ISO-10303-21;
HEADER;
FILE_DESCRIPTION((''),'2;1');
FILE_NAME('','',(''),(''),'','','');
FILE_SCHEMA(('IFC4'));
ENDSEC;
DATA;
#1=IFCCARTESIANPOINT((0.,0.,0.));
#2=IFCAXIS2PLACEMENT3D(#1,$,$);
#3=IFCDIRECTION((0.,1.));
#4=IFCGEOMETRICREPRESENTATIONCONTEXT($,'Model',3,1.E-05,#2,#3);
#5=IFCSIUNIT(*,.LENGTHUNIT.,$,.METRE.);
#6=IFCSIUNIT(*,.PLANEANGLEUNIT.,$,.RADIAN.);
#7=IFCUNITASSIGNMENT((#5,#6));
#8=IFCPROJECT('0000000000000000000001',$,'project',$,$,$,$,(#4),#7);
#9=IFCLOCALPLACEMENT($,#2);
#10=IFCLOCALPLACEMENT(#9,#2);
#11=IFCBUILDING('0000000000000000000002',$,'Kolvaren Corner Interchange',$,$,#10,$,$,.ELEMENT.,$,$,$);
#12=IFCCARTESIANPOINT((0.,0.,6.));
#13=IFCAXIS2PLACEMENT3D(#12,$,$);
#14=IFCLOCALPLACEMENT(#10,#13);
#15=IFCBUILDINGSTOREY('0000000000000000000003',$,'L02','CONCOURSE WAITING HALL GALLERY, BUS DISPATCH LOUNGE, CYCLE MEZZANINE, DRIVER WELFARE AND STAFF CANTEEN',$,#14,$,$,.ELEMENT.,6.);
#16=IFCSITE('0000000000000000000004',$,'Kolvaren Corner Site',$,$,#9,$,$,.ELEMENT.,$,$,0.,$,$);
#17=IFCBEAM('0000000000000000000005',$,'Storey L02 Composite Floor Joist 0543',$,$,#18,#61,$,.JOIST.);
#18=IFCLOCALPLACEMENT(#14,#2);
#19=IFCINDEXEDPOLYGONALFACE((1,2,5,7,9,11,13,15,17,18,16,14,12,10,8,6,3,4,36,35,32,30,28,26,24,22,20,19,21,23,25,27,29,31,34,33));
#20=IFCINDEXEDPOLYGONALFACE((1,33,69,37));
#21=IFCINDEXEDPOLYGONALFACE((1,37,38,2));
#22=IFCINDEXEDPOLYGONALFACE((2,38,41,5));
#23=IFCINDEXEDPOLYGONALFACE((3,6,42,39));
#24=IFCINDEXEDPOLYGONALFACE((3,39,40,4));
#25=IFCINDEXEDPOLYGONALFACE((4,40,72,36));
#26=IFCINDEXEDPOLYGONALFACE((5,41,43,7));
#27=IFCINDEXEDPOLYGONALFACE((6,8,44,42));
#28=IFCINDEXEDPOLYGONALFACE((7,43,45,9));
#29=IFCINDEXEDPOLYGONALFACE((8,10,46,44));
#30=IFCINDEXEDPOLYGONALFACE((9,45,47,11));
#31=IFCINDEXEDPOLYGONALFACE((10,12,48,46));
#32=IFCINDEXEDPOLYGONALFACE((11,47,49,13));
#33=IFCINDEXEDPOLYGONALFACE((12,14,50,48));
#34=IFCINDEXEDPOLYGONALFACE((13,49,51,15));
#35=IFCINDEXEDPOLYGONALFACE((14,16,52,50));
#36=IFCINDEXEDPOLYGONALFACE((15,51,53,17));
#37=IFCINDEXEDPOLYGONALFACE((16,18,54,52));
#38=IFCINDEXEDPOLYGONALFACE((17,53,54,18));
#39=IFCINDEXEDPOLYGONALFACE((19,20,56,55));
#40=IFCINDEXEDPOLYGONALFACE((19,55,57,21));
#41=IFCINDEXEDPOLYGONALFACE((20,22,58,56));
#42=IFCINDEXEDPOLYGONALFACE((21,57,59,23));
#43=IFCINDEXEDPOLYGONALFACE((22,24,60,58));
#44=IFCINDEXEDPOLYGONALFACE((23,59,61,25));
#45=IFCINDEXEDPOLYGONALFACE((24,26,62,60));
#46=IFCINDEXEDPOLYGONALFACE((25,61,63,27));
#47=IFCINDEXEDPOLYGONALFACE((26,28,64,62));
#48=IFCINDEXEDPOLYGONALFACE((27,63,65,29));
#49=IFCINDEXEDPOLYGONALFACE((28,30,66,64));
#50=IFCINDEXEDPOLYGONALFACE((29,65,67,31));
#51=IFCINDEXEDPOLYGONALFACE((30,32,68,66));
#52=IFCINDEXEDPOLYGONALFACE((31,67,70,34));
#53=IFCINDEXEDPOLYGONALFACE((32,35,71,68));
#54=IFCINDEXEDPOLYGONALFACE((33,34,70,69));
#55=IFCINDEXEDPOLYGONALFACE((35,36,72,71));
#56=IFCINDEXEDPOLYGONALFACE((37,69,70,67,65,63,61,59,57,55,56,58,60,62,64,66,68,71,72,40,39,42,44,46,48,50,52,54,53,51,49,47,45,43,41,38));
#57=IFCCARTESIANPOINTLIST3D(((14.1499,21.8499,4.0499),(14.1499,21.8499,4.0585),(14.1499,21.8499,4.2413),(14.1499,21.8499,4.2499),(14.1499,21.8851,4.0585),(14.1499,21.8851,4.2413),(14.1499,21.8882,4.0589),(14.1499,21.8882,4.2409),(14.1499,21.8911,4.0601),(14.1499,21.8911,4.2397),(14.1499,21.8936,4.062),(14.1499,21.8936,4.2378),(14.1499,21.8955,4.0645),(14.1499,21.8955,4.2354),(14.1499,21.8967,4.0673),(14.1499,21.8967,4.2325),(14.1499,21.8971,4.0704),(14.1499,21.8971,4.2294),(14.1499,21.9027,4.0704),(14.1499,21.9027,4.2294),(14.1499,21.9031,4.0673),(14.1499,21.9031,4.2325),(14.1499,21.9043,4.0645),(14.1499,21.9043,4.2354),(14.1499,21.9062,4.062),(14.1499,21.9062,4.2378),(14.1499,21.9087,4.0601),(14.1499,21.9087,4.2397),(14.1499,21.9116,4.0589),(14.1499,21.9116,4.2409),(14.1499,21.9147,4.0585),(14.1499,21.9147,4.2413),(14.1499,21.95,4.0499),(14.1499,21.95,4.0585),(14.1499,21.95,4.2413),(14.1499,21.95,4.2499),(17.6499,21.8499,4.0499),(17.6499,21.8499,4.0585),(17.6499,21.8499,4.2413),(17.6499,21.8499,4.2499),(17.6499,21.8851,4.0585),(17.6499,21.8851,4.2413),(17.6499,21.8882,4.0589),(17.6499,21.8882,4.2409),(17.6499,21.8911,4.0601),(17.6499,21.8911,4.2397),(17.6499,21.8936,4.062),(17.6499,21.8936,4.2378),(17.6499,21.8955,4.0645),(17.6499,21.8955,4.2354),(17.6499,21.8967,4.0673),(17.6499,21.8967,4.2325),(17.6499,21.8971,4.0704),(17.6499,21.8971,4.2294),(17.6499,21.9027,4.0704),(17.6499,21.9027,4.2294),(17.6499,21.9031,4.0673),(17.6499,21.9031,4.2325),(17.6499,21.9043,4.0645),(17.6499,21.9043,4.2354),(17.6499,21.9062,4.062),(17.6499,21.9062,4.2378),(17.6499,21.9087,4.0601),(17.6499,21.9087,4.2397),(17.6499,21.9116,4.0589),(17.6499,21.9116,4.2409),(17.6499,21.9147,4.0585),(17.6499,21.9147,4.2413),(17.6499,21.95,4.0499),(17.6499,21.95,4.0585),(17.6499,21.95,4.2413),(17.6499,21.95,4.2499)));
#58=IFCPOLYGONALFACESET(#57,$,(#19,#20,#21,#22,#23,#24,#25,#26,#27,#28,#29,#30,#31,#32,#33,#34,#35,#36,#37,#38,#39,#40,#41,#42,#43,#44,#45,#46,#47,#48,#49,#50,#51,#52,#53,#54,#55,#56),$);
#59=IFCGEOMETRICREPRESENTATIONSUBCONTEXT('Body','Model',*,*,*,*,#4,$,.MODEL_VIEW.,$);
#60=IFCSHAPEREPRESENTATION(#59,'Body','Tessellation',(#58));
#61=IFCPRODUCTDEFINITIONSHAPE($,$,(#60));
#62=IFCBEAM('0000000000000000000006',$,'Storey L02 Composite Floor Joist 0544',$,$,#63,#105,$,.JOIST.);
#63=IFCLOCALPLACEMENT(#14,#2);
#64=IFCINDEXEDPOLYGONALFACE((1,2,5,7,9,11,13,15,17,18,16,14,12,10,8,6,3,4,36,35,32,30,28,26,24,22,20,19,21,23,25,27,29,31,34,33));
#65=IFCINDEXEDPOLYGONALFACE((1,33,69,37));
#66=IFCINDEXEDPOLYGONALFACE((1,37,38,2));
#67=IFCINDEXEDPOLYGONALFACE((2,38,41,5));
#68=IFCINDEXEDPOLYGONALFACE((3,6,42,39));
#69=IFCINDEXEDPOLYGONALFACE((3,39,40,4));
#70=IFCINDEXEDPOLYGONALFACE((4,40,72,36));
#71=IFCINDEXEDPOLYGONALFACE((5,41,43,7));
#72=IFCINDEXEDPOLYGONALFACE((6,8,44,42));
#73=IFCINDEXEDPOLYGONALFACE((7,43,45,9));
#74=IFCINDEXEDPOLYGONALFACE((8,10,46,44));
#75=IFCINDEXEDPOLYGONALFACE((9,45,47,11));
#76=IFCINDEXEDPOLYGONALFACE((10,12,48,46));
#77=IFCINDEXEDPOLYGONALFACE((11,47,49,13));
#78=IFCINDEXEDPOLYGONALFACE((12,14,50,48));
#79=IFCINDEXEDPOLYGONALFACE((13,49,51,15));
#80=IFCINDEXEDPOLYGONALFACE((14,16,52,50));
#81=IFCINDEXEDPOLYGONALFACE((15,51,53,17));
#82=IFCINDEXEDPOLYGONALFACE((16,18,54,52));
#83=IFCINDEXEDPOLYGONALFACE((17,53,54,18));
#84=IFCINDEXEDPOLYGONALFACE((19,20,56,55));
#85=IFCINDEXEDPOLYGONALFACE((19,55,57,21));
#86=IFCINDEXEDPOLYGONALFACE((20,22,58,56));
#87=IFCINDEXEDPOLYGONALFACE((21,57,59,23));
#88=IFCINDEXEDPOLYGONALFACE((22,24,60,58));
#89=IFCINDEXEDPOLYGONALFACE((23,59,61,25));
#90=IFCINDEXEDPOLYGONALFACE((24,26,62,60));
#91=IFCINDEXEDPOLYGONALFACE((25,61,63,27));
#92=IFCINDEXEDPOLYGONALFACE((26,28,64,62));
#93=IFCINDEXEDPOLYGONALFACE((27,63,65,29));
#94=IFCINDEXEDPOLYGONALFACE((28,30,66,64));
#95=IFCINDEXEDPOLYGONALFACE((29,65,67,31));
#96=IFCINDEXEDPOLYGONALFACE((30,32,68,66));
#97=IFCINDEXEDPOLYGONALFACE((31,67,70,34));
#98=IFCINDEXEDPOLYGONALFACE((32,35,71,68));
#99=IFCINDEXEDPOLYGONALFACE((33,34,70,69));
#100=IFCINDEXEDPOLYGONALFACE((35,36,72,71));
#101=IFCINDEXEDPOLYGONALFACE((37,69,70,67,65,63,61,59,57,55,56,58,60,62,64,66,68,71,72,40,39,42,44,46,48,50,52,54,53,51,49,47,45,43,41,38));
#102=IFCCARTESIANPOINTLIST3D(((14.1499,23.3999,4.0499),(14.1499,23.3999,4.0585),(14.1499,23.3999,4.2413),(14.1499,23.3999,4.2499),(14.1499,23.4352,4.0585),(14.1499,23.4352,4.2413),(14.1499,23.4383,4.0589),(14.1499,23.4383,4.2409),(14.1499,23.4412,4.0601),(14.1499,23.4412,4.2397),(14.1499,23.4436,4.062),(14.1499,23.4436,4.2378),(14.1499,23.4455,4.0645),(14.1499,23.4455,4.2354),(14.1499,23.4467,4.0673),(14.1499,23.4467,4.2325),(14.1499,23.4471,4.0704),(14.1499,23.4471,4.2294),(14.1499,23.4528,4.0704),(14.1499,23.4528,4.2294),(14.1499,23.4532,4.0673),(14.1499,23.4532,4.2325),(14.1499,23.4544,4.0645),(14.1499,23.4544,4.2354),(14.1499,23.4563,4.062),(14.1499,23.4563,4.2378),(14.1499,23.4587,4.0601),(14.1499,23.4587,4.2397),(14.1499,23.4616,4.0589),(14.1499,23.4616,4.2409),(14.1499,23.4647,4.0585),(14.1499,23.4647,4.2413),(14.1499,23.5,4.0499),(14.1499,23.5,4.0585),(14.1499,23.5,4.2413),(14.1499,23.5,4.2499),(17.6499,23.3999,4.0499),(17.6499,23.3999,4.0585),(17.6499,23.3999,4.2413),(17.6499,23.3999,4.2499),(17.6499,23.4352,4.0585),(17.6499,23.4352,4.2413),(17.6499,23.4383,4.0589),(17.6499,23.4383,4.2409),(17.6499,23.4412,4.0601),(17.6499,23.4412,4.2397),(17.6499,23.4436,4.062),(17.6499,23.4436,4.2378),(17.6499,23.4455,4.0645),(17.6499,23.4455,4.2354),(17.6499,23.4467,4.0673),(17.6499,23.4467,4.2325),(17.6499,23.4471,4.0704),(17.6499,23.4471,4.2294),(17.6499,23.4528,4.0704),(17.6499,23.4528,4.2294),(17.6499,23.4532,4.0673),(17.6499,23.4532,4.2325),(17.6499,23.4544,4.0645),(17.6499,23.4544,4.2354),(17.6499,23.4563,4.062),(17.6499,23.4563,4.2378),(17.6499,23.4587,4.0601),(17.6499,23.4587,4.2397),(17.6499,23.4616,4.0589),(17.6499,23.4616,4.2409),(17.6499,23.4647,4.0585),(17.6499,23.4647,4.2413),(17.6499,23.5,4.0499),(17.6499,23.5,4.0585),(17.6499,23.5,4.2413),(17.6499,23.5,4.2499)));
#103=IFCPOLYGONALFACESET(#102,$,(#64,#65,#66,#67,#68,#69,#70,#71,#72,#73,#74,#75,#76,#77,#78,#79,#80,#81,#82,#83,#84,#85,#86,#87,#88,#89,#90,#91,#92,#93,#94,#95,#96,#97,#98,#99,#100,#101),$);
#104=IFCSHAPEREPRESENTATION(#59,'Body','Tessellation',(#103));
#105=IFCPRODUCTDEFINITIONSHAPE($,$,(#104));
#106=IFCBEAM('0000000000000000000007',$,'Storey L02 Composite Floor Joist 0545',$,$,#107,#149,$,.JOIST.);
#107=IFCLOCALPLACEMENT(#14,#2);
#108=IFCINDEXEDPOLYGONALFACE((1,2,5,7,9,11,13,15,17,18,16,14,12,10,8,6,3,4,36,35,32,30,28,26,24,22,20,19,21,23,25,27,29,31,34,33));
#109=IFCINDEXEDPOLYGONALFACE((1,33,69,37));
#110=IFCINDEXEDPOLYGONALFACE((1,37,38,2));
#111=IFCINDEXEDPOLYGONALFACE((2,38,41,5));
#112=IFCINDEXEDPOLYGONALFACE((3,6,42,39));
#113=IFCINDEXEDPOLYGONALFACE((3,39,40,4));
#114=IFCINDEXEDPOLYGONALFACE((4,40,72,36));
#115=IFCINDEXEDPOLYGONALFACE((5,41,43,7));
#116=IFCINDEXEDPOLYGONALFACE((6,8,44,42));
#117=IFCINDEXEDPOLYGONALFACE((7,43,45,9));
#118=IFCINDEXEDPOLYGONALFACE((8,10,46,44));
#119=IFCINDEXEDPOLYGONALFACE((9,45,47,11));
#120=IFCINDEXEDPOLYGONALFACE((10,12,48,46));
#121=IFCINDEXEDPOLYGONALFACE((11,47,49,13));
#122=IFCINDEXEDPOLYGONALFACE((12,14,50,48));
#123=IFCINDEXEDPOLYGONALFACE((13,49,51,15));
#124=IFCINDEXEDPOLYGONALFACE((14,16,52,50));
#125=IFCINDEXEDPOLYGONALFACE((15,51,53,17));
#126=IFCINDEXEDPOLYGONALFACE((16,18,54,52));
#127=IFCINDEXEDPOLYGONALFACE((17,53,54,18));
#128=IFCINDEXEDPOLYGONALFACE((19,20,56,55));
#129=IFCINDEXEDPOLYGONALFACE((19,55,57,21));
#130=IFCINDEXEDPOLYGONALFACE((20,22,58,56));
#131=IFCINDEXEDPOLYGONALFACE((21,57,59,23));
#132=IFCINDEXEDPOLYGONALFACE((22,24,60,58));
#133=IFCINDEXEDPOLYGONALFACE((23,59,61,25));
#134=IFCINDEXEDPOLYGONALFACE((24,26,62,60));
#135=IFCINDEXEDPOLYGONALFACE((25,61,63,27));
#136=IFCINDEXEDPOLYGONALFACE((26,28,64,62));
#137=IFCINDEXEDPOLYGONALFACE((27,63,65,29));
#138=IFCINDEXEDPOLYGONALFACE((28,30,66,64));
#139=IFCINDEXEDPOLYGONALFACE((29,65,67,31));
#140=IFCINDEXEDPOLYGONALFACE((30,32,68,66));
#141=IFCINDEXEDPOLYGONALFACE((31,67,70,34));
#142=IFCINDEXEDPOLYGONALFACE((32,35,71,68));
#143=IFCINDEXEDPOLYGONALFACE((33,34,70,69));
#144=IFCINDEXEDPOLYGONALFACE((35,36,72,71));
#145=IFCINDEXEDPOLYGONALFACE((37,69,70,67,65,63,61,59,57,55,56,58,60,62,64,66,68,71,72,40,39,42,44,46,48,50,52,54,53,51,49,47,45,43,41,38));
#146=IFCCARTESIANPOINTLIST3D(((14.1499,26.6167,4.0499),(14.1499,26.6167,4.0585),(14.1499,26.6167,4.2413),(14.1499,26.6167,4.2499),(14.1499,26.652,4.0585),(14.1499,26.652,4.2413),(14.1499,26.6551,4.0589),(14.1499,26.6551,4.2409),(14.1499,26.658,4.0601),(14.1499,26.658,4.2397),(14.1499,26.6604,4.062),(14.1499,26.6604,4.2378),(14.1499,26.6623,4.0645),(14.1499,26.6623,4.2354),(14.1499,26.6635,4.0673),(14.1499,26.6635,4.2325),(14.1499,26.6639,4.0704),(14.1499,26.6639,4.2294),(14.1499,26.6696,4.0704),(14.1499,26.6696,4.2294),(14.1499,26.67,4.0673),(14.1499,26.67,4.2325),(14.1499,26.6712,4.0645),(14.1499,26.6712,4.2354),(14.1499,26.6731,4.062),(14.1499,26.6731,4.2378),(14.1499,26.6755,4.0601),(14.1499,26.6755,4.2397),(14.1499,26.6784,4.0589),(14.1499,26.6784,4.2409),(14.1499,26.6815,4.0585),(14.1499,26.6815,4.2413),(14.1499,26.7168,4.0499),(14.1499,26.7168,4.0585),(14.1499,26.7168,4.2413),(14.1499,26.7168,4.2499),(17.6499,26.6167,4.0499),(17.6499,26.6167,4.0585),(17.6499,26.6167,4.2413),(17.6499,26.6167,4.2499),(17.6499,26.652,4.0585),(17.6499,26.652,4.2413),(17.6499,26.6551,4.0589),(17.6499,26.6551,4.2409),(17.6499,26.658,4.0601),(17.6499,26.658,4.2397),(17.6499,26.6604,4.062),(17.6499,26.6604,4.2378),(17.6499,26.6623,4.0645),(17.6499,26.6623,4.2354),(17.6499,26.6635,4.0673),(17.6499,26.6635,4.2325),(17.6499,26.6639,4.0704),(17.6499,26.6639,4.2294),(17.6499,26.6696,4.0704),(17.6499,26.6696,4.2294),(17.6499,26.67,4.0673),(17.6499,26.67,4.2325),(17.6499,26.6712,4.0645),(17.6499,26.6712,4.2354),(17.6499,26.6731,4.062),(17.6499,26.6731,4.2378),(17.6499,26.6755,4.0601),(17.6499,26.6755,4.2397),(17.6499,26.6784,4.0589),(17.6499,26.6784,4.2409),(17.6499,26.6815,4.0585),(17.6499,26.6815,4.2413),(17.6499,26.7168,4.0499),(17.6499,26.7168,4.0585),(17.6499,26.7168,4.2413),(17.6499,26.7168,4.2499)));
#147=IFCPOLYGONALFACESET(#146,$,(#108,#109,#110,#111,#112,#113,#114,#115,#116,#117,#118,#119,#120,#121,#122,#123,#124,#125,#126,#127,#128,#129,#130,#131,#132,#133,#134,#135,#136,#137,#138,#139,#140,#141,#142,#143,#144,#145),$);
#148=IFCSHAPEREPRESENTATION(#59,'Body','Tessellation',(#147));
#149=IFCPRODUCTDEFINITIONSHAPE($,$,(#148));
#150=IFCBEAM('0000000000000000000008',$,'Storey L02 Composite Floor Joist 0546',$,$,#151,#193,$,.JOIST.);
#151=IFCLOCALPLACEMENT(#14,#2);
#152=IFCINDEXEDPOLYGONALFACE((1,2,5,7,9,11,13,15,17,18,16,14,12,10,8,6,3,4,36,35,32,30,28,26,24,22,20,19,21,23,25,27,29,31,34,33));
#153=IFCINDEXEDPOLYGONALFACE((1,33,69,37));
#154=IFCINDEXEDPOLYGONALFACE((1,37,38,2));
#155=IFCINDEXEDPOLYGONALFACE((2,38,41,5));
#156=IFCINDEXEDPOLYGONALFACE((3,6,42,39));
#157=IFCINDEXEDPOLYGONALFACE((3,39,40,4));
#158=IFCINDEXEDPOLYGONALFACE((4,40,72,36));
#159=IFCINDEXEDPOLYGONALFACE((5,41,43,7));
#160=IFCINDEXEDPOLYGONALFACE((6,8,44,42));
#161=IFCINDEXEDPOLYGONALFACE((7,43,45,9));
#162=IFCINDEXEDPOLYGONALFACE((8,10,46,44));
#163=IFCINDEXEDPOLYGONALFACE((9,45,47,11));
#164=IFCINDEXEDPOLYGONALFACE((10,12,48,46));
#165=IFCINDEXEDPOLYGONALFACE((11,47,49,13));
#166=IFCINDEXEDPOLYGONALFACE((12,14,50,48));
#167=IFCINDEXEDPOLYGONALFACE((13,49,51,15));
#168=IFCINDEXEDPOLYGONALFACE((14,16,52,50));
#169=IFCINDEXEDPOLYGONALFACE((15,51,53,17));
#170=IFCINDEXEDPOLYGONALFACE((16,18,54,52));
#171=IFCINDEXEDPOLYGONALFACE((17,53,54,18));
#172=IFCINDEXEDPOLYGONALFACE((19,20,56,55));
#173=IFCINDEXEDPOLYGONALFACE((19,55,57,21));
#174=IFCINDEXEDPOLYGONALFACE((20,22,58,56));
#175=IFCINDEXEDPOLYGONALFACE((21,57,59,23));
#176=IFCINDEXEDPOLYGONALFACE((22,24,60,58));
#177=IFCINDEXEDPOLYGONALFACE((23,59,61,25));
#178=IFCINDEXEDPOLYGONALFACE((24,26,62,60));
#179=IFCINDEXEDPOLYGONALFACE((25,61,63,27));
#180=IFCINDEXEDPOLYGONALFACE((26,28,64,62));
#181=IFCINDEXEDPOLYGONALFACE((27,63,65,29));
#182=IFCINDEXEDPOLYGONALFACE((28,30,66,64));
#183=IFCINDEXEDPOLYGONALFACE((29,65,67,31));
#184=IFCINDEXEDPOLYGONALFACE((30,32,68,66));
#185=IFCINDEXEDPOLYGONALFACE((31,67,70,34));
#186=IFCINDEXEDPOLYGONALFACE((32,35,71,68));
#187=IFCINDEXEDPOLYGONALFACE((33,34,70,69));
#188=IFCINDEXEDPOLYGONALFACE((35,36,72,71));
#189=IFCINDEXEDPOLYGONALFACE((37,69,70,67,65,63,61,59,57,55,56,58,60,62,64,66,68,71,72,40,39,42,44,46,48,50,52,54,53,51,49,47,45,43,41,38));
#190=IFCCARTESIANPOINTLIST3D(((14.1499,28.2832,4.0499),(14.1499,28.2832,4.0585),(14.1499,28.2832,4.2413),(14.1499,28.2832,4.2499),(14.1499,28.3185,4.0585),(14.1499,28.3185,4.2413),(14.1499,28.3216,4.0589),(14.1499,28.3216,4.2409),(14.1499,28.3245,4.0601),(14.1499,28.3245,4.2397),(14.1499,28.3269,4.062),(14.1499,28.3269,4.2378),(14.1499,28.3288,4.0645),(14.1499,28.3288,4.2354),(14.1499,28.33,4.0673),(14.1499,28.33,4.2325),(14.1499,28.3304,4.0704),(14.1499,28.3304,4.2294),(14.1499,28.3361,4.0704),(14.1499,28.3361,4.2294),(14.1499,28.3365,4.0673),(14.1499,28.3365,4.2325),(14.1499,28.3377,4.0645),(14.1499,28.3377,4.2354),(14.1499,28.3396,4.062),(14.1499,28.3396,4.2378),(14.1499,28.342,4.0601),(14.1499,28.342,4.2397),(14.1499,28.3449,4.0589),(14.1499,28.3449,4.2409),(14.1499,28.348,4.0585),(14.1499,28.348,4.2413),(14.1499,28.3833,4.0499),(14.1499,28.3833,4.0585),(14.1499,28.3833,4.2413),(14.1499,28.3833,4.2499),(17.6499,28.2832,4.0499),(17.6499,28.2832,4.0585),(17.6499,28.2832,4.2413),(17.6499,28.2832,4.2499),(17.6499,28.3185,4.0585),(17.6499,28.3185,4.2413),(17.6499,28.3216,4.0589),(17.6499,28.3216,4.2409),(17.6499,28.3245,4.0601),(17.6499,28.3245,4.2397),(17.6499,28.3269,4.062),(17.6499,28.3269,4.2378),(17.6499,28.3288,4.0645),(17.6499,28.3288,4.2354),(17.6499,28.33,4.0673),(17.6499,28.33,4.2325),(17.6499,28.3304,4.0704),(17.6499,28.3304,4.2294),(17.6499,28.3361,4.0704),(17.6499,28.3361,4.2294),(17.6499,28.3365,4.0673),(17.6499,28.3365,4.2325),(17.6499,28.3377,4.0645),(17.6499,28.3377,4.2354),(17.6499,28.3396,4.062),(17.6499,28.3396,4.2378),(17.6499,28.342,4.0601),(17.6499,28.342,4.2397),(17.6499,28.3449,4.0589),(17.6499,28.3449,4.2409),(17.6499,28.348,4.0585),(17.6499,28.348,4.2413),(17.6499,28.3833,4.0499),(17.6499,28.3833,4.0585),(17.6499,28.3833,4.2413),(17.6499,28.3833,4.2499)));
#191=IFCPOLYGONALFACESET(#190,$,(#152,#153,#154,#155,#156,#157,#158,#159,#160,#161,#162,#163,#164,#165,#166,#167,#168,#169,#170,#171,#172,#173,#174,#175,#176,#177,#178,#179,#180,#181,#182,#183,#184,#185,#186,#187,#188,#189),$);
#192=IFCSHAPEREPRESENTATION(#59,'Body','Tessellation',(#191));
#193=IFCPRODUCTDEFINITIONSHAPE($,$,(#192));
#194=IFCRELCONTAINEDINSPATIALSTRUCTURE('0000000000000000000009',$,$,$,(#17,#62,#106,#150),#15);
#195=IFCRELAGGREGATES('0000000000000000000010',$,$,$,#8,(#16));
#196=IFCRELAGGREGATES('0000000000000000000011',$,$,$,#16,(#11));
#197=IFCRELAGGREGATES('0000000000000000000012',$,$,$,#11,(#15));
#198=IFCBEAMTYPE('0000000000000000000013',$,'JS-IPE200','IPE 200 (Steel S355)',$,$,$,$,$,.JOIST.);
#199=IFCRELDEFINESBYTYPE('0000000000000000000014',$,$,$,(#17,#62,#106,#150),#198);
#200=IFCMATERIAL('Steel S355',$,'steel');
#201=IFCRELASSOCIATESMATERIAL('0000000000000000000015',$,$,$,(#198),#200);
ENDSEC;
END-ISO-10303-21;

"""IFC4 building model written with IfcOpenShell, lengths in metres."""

from ifc_helpers import new_model, si_unit, direction, frame, origin, origin_2d, place, context, subcontext, project, spatial, i_section, extrude, material, material_profile, profile_set, type_object, element, save


model = new_model("IFC4")

# Units and contexts
model_context = context("Model", 3, precision=1e-05, world=origin(), true_north=direction((0.0, 1.0)))
body_context = subcontext(model_context, "Body", "Model", "MODEL_VIEW")
ifc_project = project(units=[si_unit("LENGTHUNIT", "METRE"), si_unit("PLANEANGLEUNIT", "RADIAN")], contexts=[model_context])

# Site, building, storey
site_placement = place(None, origin())
site = spatial("IfcSite", under=ifc_project, at=site_placement, Name="Kolvaren Corner Site", CompositionType="ELEMENT", RefElevation=0.0)
building_placement = place(site_placement, origin())
building = spatial("IfcBuilding", under=site, at=building_placement, Name="Kolvaren Corner Interchange", CompositionType="ELEMENT")
storey_placement = place(building_placement, frame((0.0, 0.0, 6.0)))
storey = spatial("IfcBuildingStorey", under=building, at=storey_placement, Name="L02", Description="CONCOURSE WAITING HALL GALLERY, BUS DISPATCH LOUNGE, CYCLE MEZZANINE, DRIVER WELFARE AND STAFF CANTEEN", CompositionType="ELEMENT", Elevation=6.0)

# Beams
ifc_material_1 = material(Name="Steel S355", Category="steel")
ifc_material_profile_1 = material_profile(ifc_material_1, i_section(OverallWidth=0.1001, OverallDepth=0.2, WebThickness=0.0056, FlangeThickness=0.0085, FilletRadius=0.012, at=origin_2d()), Name="IPE 200")
ifc_profile_set_1 = profile_set([ifc_material_profile_1], Name="Steel S355")
beam_type_1 = type_object("IfcBeamType", Name="JS-IPE200", Description="IPE 200 (Steel S355)", PredefinedType="JOIST", material=ifc_profile_set_1)
for number, where, z_axis, x_axis, name in (
    (1, (14.1499, 21.8999, 4.1499), (1.0, 0.0, 0.0), (0.0, 1.0, 0.0), "Storey L02 Composite Floor Joist 0543"),
    (2, (14.1499, 23.45, 4.1499), (1.0, 0.0, 0.0), (0.0, 1.0, 0.0), "Storey L02 Composite Floor Joist 0544"),
    (3, (14.1499, 26.6667, 4.1499), (1.0, 0.0, 0.0), (0.0, 1.0, 0.0), "Storey L02 Composite Floor Joist 0545"),
    (4, (14.1499, 28.3333, 4.1499), (1.0, 0.0, 0.0), (0.0, 1.0, 0.0), "Storey L02 Composite Floor Joist 0546"),
):
    element("IfcBeam", number, at=place(storey_placement, frame(where, z_axis=z_axis, x_axis=x_axis)), inside=storey, type_object=beam_type_1, Name=name, PredefinedType="JOIST", context=body_context, shape_type="SweptSolid", body=[
        extrude(i_section(OverallWidth=0.1001, OverallDepth=0.2, WebThickness=0.0056, FlangeThickness=0.0085, FilletRadius=0.012, at=origin_2d()), origin(), (0.0, 0.0, 1.0), 3.5),
    ])

save(model, "model.ifc")
